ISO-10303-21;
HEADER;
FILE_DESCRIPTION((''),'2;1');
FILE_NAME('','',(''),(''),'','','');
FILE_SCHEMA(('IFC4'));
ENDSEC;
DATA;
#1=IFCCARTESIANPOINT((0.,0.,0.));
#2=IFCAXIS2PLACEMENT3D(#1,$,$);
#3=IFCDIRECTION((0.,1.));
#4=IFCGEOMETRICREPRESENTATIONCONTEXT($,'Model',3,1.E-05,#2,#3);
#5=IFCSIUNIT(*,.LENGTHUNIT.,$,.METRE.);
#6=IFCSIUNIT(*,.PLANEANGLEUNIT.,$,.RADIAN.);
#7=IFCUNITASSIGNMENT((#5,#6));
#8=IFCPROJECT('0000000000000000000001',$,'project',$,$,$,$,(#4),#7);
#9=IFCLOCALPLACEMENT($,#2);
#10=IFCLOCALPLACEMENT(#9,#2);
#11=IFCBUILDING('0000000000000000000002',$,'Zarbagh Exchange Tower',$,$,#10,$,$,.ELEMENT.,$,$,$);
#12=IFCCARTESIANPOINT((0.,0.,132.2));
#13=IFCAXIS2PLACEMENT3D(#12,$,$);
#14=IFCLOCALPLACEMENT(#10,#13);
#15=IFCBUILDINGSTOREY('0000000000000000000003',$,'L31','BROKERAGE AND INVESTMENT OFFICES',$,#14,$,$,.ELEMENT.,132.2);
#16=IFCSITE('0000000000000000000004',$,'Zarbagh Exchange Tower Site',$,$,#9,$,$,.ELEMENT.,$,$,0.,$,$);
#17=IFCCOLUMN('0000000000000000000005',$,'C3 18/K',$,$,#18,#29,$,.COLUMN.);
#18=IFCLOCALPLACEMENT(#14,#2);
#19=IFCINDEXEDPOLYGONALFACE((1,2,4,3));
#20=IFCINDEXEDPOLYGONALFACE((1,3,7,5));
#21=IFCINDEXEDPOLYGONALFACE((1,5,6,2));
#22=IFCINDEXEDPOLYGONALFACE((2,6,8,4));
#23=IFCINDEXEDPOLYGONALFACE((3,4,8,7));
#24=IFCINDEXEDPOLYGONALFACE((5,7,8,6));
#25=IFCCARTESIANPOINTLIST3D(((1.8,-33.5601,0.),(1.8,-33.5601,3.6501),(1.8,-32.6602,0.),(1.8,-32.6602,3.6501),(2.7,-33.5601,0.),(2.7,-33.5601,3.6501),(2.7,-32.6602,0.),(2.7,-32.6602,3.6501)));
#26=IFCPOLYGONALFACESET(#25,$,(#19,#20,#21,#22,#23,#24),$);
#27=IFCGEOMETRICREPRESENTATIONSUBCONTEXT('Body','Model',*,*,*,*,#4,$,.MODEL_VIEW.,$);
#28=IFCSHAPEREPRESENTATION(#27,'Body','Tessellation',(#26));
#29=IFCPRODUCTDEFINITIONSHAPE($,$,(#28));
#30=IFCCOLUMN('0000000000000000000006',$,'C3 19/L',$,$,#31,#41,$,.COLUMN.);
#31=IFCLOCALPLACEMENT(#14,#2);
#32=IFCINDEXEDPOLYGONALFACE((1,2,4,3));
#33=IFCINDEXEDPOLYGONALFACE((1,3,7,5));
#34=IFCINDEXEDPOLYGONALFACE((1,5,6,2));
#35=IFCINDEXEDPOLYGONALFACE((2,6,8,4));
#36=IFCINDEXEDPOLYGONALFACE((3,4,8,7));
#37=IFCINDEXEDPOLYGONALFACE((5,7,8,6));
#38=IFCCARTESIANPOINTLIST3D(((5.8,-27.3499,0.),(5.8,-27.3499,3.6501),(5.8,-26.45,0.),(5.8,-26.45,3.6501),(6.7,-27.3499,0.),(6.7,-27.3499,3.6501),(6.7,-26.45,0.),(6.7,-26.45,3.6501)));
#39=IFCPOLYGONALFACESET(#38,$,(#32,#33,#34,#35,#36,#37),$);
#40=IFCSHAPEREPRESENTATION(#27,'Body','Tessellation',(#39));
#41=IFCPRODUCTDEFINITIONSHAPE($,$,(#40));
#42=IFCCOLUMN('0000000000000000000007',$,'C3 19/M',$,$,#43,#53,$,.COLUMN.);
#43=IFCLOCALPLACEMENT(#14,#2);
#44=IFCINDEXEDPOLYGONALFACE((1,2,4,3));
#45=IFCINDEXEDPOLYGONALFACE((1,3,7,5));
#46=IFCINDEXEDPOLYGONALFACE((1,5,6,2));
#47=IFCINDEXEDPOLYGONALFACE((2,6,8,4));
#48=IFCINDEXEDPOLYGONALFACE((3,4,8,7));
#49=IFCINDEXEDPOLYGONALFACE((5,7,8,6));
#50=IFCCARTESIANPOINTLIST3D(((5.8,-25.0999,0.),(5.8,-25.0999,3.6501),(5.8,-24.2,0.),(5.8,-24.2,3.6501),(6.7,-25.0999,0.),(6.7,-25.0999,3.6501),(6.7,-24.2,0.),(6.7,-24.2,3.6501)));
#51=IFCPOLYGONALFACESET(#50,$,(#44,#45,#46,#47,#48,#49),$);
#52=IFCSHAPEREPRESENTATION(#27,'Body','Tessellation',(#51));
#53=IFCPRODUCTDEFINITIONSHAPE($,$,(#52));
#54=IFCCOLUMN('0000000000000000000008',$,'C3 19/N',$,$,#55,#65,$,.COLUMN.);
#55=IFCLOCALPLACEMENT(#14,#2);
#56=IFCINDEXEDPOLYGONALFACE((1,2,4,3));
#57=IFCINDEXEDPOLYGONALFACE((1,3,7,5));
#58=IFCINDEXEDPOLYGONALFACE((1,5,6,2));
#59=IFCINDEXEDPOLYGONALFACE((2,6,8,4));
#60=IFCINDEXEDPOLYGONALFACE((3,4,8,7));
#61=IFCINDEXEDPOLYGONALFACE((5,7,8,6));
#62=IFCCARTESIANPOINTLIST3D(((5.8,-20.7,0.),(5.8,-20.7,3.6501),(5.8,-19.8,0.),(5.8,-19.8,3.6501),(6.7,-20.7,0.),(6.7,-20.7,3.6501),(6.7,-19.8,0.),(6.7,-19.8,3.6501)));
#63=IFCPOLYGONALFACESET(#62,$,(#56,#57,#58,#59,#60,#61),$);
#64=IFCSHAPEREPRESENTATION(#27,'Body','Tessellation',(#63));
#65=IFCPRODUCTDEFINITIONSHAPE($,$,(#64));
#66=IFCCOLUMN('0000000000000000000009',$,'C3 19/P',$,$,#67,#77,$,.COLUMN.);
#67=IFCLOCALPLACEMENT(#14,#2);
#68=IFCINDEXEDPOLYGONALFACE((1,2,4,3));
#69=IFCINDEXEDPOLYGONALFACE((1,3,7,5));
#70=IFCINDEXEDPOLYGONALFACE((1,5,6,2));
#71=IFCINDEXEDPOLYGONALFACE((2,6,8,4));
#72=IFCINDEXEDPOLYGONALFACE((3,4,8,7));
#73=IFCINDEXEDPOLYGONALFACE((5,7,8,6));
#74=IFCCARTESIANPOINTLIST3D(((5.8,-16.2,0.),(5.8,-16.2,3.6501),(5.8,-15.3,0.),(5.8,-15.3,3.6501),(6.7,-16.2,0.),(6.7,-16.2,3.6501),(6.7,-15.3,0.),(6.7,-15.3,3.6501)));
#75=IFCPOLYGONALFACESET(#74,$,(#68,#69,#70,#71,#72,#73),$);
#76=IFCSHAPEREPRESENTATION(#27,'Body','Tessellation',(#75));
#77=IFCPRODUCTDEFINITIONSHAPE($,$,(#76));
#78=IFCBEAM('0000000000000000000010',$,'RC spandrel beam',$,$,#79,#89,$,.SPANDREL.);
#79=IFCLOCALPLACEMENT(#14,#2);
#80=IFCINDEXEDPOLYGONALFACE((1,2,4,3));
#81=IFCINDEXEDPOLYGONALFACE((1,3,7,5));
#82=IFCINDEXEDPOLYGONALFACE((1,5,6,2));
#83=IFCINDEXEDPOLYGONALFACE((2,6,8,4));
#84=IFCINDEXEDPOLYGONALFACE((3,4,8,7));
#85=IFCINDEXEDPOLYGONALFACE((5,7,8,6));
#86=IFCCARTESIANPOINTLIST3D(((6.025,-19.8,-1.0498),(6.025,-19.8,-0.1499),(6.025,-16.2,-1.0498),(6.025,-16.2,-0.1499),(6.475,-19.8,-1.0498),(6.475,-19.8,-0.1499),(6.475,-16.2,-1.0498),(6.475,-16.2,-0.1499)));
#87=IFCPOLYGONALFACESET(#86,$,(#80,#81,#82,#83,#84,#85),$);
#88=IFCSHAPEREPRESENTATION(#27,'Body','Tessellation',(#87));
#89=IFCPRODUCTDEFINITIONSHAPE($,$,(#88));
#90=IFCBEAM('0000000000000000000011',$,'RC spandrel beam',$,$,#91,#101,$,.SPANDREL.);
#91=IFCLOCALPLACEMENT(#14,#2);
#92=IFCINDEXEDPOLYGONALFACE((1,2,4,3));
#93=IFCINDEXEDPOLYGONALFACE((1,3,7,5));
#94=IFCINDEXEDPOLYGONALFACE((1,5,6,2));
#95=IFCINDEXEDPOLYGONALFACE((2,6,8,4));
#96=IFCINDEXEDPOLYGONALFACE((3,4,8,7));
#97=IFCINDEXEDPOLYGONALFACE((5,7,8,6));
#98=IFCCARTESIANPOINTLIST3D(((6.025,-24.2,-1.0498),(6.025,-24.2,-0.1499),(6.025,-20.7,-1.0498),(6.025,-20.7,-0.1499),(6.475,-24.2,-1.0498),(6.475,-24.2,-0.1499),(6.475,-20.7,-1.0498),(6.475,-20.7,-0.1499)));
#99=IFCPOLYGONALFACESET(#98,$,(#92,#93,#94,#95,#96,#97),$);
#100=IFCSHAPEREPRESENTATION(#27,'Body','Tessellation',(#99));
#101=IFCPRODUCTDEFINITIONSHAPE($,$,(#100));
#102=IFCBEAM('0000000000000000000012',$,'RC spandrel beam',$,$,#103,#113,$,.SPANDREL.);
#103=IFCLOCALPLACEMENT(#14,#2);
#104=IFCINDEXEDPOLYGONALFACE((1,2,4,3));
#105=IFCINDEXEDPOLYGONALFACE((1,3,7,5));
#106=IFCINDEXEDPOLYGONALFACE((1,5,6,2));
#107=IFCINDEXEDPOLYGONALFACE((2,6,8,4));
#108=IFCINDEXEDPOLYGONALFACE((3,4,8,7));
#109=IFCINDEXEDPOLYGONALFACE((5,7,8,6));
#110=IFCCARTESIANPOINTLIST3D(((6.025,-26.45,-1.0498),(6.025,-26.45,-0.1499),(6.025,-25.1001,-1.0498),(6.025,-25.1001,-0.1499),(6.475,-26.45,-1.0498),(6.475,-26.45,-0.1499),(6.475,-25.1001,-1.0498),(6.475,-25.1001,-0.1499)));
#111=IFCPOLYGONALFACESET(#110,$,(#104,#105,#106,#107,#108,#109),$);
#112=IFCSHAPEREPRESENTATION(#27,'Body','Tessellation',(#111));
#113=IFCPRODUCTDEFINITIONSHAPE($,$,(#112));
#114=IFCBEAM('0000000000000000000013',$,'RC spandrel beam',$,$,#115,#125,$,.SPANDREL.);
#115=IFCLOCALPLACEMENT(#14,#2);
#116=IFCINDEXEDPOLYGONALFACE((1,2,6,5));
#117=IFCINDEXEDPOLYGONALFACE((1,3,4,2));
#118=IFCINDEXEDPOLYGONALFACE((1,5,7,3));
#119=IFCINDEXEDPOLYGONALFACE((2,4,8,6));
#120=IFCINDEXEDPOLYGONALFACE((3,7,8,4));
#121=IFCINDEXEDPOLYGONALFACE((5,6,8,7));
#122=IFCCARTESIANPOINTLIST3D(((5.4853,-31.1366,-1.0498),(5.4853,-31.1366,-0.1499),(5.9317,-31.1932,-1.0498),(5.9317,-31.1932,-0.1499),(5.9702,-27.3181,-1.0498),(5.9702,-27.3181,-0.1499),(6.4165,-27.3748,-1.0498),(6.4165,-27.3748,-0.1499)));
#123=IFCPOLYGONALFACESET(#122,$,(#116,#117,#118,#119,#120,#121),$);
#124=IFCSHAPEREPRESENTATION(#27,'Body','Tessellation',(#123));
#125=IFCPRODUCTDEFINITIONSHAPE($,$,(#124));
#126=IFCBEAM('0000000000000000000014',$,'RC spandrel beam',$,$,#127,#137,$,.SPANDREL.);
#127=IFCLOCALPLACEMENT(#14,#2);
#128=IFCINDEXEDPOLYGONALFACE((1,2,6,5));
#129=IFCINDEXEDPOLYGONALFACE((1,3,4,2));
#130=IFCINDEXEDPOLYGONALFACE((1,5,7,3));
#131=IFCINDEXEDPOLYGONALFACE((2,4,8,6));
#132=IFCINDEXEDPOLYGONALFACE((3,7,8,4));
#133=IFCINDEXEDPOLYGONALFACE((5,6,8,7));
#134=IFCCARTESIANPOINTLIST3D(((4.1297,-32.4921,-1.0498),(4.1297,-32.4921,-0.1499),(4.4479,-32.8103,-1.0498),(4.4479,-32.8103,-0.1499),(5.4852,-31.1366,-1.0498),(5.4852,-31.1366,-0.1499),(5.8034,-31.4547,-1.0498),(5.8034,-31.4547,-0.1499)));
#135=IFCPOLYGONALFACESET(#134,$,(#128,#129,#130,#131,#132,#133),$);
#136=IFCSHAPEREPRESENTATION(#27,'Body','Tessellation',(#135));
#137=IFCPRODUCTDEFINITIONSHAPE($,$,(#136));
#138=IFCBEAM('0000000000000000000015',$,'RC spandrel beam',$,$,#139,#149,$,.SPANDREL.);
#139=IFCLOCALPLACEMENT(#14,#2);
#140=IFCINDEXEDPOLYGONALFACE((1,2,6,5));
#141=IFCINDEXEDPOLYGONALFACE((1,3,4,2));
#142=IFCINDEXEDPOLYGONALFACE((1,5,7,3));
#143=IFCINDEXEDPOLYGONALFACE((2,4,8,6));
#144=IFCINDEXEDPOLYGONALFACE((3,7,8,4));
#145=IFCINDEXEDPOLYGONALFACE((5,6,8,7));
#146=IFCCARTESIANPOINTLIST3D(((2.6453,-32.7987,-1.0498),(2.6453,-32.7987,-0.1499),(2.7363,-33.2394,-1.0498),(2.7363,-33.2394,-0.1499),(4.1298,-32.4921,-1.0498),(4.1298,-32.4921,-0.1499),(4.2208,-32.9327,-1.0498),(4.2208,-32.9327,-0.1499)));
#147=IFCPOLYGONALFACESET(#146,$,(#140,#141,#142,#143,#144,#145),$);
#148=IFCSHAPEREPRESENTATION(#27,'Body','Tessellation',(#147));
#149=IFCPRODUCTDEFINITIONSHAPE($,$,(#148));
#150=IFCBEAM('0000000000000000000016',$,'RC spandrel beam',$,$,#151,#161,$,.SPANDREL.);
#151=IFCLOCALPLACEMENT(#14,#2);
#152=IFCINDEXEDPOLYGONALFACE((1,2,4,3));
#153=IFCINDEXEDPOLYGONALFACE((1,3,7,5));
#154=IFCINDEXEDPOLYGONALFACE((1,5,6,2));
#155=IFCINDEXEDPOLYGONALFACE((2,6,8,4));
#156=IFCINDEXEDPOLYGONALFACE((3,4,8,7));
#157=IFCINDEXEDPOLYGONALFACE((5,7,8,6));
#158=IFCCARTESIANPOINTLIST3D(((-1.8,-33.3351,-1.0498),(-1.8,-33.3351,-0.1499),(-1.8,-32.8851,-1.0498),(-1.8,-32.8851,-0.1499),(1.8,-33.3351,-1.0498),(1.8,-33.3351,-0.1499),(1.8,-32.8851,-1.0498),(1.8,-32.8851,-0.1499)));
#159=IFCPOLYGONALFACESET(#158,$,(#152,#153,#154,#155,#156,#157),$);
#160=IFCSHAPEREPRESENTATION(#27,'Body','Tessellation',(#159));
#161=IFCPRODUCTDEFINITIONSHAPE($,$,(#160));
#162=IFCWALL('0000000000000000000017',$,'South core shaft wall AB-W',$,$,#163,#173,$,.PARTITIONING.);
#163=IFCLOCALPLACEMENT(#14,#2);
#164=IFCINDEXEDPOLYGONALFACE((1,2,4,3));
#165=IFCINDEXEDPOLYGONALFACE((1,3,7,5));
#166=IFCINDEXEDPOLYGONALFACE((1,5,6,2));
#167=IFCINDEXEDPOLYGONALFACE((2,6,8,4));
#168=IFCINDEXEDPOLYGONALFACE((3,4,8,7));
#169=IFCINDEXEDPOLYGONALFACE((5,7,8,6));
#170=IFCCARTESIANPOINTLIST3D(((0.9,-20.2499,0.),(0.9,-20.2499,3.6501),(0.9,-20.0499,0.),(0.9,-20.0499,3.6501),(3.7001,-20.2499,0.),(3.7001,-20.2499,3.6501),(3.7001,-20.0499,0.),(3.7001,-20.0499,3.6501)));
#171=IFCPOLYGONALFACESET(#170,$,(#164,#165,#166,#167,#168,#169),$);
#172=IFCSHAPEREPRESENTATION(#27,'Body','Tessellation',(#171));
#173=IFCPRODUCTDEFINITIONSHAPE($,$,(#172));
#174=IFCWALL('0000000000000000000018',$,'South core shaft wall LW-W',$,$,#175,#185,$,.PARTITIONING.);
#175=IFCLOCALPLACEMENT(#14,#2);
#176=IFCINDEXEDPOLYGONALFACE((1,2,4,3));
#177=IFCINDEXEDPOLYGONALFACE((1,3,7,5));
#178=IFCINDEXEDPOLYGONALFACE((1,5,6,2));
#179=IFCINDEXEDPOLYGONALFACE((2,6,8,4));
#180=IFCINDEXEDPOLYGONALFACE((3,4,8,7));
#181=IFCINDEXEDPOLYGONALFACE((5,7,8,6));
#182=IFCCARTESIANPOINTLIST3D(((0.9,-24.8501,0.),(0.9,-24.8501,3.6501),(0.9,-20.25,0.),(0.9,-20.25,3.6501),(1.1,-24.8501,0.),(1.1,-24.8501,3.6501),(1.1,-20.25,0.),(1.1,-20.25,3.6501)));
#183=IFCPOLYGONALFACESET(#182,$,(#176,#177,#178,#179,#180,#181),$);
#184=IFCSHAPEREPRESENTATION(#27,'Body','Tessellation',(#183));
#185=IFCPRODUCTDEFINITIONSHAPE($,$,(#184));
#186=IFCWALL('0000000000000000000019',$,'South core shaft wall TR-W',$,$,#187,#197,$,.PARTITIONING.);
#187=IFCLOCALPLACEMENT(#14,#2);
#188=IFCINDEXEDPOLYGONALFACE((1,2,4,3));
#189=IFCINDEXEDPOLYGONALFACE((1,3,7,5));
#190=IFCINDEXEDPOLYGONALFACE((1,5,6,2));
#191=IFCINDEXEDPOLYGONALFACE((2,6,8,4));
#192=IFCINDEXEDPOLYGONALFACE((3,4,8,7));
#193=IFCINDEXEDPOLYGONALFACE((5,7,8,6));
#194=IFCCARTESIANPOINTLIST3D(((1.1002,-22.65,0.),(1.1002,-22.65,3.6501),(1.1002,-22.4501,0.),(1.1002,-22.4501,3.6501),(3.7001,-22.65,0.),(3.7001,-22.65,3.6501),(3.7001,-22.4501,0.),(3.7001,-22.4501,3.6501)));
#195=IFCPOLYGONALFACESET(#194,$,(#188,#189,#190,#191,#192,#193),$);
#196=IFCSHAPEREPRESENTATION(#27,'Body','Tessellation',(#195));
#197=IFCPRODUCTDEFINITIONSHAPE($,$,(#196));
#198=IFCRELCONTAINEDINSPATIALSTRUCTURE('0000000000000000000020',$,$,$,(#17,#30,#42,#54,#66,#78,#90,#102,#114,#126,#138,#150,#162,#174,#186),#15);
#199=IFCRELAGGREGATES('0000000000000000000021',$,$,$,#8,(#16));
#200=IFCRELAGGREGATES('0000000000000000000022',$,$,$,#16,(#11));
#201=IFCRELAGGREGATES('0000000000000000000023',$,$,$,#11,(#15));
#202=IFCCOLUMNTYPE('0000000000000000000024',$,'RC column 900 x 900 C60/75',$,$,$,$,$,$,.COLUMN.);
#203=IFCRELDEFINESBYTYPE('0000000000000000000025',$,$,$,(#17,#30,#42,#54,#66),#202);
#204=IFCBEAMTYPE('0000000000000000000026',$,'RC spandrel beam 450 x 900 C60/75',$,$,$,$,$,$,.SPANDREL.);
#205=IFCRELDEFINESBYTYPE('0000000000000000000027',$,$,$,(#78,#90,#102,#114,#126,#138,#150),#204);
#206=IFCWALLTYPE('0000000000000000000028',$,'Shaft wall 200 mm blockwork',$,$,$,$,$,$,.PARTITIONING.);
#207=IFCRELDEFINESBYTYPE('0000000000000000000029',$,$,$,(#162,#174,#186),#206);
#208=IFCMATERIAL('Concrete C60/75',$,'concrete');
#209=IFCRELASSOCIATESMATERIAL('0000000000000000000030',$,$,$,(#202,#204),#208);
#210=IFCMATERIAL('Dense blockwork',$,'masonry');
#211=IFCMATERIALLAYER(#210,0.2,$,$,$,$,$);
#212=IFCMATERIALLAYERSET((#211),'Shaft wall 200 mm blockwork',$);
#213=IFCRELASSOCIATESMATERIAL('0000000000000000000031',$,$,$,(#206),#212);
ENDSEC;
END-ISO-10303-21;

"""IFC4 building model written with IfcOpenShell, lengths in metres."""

from ifc_helpers import new_model, si_unit, direction, frame, frame_2d, origin, origin_2d, place, context, subcontext, project, spatial, rectangle, extrude, material, layer, layer_set, material_profile, profile_set, type_object, element, save


model = new_model("IFC4")

# Units and contexts
model_context = context("Model", 3, precision=1e-05, world=origin(), true_north=direction((0.0, 1.0)))
body_context = subcontext(model_context, "Body", "Model", "MODEL_VIEW")
ifc_project = project(units=[si_unit("LENGTHUNIT", "METRE"), si_unit("PLANEANGLEUNIT", "RADIAN")], contexts=[model_context])

# Site, building, storey
site_placement = place(None, origin())
site = spatial("IfcSite", under=ifc_project, at=site_placement, Name="Zarbagh Exchange Tower Site", CompositionType="ELEMENT", RefElevation=0.0)
building_placement = place(site_placement, origin())
building = spatial("IfcBuilding", under=site, at=building_placement, Name="Zarbagh Exchange Tower", CompositionType="ELEMENT")
storey_placement = place(building_placement, frame((0.0, 0.0, 132.2)))
storey = spatial("IfcBuildingStorey", under=building, at=storey_placement, Name="L31", Description="BROKERAGE AND INVESTMENT OFFICES", CompositionType="ELEMENT", Elevation=132.2)

# Columns
ifc_material_1 = material(Name="Concrete C60/75", Category="concrete")
ifc_material_profile_1 = material_profile(ifc_material_1, rectangle(XDim=0.8999, YDim=0.8999, at=origin_2d()), Name="RC column 900 x 900 C60/75")
ifc_profile_set_1 = profile_set([ifc_material_profile_1], Name="Concrete C60/75")
column_type = type_object("IfcColumnType", Name="RC column 900 x 900 C60/75", PredefinedType="COLUMN", material=ifc_profile_set_1)
for number, where, z_axis, x_axis, name in (
    (1, (2.25, -33.1101, 0.0), (0.0, 0.0, 1.0), (1.0, 0.0, 0.0), "C3 18/K"),
    (2, (6.25, -26.8999, 0.0), (0.0, 0.0, 1.0), (1.0, 0.0, 0.0), "C3 19/L"),
    (3, (6.25, -24.6499, 0.0), (0.0, 0.0, 1.0), (1.0, 0.0, 0.0), "C3 19/M"),
    (4, (6.25, -20.25, 0.0), (0.0, 0.0, 1.0), (1.0, 0.0, 0.0), "C3 19/N"),
    (5, (6.25, -15.75, 0.0), (0.0, 0.0, 1.0), (1.0, 0.0, 0.0), "C3 19/P"),
):
    element("IfcColumn", number, at=place(storey_placement, frame(where, z_axis=z_axis, x_axis=x_axis)), inside=storey, type_object=column_type, Name=name, PredefinedType="COLUMN", context=body_context, shape_type="SweptSolid", body=[
        extrude(rectangle(XDim=0.8999, YDim=0.8999, at=origin_2d()), origin(), (0.0, 0.0, 1.0), 3.6501),
    ])

# Beams
ifc_material_profile_2 = material_profile(ifc_material_1, rectangle(XDim=0.45, YDim=0.8999, at=origin_2d()), Name="RC spandrel beam 450 x 900 C60/75")
ifc_profile_set_2 = profile_set([ifc_material_profile_2], Name="Concrete C60/75")
beam_type = type_object("IfcBeamType", Name="RC spandrel beam 450 x 900 C60/75", PredefinedType="SPANDREL", material=ifc_profile_set_2)
beam_1_placement = place(storey_placement, frame((6.25, -16.2, -0.5999), z_axis=(0.0, -1.0, 0.0), x_axis=(1.0, 0.0, 0.0)))
element("IfcBeam", 6, at=beam_1_placement, inside=storey, type_object=beam_type, Name="RC spandrel beam", PredefinedType="SPANDREL", context=body_context, shape_type="SweptSolid", body=[
    extrude(rectangle(XDim=0.45, YDim=0.8999, at=origin_2d()), origin(), (0.0, 0.0, 1.0), 3.6001),
])
beam_2_placement = place(storey_placement, frame((6.25, -20.7, -0.5999), z_axis=(0.0, -1.0, 0.0), x_axis=(1.0, 0.0, 0.0)))
element("IfcBeam", 7, at=beam_2_placement, inside=storey, type_object=beam_type, Name="RC spandrel beam", PredefinedType="SPANDREL", context=body_context, shape_type="SweptSolid", body=[
    extrude(rectangle(XDim=0.45, YDim=0.8999, at=origin_2d()), origin(), (0.0, 0.0, 1.0), 3.5),
])
beam_3_placement = place(storey_placement, frame((6.25, -25.1001, -0.5999), z_axis=(0.0, -1.0, 0.0), x_axis=(1.0, 0.0, 0.0)))
element("IfcBeam", 8, at=beam_3_placement, inside=storey, type_object=beam_type, Name="RC spandrel beam", PredefinedType="SPANDREL", context=body_context, shape_type="SweptSolid", body=[
    extrude(rectangle(XDim=0.45, YDim=0.8999, at=origin_2d()), origin(), (0.0, 0.0, 1.0), 1.3499),
])
beam_4_placement = place(storey_placement, frame((6.1934, -27.3464, -0.5999), z_axis=(-0.125971, -0.992034, 0.0), x_axis=(0.992034, -0.125971, 0.0)))
element("IfcBeam", 9, at=beam_4_placement, inside=storey, type_object=beam_type, Name="RC spandrel beam", PredefinedType="SPANDREL", context=body_context, shape_type="SweptSolid", body=[
    extrude(rectangle(XDim=0.45, YDim=0.8999, at=origin_2d()), origin(), (0.0, 0.0, 1.0), 3.8491),
])
beam_5_placement = place(storey_placement, frame((5.6443, -31.2957, -0.5999), z_axis=(-0.707107, -0.707107, 0.0), x_axis=(0.707107, -0.707107, 0.0)))
element("IfcBeam", 10, at=beam_5_placement, inside=storey, type_object=beam_type, Name="RC spandrel beam", PredefinedType="SPANDREL", context=body_context, shape_type="SweptSolid", body=[
    extrude(rectangle(XDim=0.45, YDim=0.8999, at=origin_2d()), origin(), (0.0, 0.0, 1.0), 1.917),
])
beam_6_placement = place(storey_placement, frame((4.1753, -32.7124, -0.5999), z_axis=(-0.979329, -0.202275, 0.0), x_axis=(0.202275, -0.979329, 0.0)))
element("IfcBeam", 11, at=beam_6_placement, inside=storey, type_object=beam_type, Name="RC spandrel beam", PredefinedType="SPANDREL", context=body_context, shape_type="SweptSolid", body=[
    extrude(rectangle(XDim=0.45, YDim=0.8999, at=origin_2d()), origin(), (0.0, 0.0, 1.0), 1.5159),
])
beam_7_placement = place(storey_placement, frame((1.8, -33.1101, -0.5999), z_axis=(-1.0, 0.0, 0.0), x_axis=(0.0, -1.0, 0.0)))
element("IfcBeam", 12, at=beam_7_placement, inside=storey, type_object=beam_type, Name="RC spandrel beam", PredefinedType="SPANDREL", context=body_context, shape_type="SweptSolid", body=[
    extrude(rectangle(XDim=0.45, YDim=0.8999, at=origin_2d()), origin(), (0.0, 0.0, 1.0), 3.6001),
])

# Walls
ifc_material_2 = material(Name="Dense blockwork", Category="masonry")
ifc_layer_1 = layer(ifc_material_2, 0.2)
ifc_layer_set_1 = layer_set([ifc_layer_1], Name="Shaft wall 200 mm blockwork")
wall_type_1 = type_object("IfcWallType", Name="Shaft wall 200 mm blockwork", PredefinedType="PARTITIONING", material=ifc_layer_set_1)
wall_1_placement = place(storey_placement, frame((3.7, -20.1499, 0.0), z_axis=(0.0, 0.0, 1.0), x_axis=(-1.0, 0.0, 0.0)))
element("IfcWall", 13, at=wall_1_placement, inside=storey, type_object=wall_type_1, Name="South core shaft wall AB-W", PredefinedType="PARTITIONING", context=body_context, shape_type="SweptSolid", body=[
    extrude(rectangle(XDim=2.8, YDim=0.2, at=frame_2d((1.3999, 0.0))), origin(), (0.0, 0.0, 1.0), 3.6501),
])
wall_2_placement = place(storey_placement, frame((1.0, -24.8501, 0.0), z_axis=(0.0, 0.0, 1.0), x_axis=(0.0, 1.0, 0.0)))
element("IfcWall", 14, at=wall_2_placement, inside=storey, type_object=wall_type_1, Name="South core shaft wall LW-W", PredefinedType="PARTITIONING", context=body_context, shape_type="SweptSolid", body=[
    extrude(rectangle(XDim=4.6001, YDim=0.2, at=frame_2d((2.3, 0.0))), origin(), (0.0, 0.0, 1.0), 3.6501),
])
wall_3_placement = place(storey_placement, frame((3.7, -22.55, 0.0), z_axis=(0.0, 0.0, 1.0), x_axis=(-1.0, 0.0, 0.0)))
element("IfcWall", 15, at=wall_3_placement, inside=storey, type_object=wall_type_1, Name="South core shaft wall TR-W", PredefinedType="PARTITIONING", context=body_context, shape_type="SweptSolid", body=[
    extrude(rectangle(XDim=2.5999, YDim=0.2, at=frame_2d((1.2998, 0.0))), origin(), (0.0, 0.0, 1.0), 3.6501),
])

save(model, "model.ifc")
